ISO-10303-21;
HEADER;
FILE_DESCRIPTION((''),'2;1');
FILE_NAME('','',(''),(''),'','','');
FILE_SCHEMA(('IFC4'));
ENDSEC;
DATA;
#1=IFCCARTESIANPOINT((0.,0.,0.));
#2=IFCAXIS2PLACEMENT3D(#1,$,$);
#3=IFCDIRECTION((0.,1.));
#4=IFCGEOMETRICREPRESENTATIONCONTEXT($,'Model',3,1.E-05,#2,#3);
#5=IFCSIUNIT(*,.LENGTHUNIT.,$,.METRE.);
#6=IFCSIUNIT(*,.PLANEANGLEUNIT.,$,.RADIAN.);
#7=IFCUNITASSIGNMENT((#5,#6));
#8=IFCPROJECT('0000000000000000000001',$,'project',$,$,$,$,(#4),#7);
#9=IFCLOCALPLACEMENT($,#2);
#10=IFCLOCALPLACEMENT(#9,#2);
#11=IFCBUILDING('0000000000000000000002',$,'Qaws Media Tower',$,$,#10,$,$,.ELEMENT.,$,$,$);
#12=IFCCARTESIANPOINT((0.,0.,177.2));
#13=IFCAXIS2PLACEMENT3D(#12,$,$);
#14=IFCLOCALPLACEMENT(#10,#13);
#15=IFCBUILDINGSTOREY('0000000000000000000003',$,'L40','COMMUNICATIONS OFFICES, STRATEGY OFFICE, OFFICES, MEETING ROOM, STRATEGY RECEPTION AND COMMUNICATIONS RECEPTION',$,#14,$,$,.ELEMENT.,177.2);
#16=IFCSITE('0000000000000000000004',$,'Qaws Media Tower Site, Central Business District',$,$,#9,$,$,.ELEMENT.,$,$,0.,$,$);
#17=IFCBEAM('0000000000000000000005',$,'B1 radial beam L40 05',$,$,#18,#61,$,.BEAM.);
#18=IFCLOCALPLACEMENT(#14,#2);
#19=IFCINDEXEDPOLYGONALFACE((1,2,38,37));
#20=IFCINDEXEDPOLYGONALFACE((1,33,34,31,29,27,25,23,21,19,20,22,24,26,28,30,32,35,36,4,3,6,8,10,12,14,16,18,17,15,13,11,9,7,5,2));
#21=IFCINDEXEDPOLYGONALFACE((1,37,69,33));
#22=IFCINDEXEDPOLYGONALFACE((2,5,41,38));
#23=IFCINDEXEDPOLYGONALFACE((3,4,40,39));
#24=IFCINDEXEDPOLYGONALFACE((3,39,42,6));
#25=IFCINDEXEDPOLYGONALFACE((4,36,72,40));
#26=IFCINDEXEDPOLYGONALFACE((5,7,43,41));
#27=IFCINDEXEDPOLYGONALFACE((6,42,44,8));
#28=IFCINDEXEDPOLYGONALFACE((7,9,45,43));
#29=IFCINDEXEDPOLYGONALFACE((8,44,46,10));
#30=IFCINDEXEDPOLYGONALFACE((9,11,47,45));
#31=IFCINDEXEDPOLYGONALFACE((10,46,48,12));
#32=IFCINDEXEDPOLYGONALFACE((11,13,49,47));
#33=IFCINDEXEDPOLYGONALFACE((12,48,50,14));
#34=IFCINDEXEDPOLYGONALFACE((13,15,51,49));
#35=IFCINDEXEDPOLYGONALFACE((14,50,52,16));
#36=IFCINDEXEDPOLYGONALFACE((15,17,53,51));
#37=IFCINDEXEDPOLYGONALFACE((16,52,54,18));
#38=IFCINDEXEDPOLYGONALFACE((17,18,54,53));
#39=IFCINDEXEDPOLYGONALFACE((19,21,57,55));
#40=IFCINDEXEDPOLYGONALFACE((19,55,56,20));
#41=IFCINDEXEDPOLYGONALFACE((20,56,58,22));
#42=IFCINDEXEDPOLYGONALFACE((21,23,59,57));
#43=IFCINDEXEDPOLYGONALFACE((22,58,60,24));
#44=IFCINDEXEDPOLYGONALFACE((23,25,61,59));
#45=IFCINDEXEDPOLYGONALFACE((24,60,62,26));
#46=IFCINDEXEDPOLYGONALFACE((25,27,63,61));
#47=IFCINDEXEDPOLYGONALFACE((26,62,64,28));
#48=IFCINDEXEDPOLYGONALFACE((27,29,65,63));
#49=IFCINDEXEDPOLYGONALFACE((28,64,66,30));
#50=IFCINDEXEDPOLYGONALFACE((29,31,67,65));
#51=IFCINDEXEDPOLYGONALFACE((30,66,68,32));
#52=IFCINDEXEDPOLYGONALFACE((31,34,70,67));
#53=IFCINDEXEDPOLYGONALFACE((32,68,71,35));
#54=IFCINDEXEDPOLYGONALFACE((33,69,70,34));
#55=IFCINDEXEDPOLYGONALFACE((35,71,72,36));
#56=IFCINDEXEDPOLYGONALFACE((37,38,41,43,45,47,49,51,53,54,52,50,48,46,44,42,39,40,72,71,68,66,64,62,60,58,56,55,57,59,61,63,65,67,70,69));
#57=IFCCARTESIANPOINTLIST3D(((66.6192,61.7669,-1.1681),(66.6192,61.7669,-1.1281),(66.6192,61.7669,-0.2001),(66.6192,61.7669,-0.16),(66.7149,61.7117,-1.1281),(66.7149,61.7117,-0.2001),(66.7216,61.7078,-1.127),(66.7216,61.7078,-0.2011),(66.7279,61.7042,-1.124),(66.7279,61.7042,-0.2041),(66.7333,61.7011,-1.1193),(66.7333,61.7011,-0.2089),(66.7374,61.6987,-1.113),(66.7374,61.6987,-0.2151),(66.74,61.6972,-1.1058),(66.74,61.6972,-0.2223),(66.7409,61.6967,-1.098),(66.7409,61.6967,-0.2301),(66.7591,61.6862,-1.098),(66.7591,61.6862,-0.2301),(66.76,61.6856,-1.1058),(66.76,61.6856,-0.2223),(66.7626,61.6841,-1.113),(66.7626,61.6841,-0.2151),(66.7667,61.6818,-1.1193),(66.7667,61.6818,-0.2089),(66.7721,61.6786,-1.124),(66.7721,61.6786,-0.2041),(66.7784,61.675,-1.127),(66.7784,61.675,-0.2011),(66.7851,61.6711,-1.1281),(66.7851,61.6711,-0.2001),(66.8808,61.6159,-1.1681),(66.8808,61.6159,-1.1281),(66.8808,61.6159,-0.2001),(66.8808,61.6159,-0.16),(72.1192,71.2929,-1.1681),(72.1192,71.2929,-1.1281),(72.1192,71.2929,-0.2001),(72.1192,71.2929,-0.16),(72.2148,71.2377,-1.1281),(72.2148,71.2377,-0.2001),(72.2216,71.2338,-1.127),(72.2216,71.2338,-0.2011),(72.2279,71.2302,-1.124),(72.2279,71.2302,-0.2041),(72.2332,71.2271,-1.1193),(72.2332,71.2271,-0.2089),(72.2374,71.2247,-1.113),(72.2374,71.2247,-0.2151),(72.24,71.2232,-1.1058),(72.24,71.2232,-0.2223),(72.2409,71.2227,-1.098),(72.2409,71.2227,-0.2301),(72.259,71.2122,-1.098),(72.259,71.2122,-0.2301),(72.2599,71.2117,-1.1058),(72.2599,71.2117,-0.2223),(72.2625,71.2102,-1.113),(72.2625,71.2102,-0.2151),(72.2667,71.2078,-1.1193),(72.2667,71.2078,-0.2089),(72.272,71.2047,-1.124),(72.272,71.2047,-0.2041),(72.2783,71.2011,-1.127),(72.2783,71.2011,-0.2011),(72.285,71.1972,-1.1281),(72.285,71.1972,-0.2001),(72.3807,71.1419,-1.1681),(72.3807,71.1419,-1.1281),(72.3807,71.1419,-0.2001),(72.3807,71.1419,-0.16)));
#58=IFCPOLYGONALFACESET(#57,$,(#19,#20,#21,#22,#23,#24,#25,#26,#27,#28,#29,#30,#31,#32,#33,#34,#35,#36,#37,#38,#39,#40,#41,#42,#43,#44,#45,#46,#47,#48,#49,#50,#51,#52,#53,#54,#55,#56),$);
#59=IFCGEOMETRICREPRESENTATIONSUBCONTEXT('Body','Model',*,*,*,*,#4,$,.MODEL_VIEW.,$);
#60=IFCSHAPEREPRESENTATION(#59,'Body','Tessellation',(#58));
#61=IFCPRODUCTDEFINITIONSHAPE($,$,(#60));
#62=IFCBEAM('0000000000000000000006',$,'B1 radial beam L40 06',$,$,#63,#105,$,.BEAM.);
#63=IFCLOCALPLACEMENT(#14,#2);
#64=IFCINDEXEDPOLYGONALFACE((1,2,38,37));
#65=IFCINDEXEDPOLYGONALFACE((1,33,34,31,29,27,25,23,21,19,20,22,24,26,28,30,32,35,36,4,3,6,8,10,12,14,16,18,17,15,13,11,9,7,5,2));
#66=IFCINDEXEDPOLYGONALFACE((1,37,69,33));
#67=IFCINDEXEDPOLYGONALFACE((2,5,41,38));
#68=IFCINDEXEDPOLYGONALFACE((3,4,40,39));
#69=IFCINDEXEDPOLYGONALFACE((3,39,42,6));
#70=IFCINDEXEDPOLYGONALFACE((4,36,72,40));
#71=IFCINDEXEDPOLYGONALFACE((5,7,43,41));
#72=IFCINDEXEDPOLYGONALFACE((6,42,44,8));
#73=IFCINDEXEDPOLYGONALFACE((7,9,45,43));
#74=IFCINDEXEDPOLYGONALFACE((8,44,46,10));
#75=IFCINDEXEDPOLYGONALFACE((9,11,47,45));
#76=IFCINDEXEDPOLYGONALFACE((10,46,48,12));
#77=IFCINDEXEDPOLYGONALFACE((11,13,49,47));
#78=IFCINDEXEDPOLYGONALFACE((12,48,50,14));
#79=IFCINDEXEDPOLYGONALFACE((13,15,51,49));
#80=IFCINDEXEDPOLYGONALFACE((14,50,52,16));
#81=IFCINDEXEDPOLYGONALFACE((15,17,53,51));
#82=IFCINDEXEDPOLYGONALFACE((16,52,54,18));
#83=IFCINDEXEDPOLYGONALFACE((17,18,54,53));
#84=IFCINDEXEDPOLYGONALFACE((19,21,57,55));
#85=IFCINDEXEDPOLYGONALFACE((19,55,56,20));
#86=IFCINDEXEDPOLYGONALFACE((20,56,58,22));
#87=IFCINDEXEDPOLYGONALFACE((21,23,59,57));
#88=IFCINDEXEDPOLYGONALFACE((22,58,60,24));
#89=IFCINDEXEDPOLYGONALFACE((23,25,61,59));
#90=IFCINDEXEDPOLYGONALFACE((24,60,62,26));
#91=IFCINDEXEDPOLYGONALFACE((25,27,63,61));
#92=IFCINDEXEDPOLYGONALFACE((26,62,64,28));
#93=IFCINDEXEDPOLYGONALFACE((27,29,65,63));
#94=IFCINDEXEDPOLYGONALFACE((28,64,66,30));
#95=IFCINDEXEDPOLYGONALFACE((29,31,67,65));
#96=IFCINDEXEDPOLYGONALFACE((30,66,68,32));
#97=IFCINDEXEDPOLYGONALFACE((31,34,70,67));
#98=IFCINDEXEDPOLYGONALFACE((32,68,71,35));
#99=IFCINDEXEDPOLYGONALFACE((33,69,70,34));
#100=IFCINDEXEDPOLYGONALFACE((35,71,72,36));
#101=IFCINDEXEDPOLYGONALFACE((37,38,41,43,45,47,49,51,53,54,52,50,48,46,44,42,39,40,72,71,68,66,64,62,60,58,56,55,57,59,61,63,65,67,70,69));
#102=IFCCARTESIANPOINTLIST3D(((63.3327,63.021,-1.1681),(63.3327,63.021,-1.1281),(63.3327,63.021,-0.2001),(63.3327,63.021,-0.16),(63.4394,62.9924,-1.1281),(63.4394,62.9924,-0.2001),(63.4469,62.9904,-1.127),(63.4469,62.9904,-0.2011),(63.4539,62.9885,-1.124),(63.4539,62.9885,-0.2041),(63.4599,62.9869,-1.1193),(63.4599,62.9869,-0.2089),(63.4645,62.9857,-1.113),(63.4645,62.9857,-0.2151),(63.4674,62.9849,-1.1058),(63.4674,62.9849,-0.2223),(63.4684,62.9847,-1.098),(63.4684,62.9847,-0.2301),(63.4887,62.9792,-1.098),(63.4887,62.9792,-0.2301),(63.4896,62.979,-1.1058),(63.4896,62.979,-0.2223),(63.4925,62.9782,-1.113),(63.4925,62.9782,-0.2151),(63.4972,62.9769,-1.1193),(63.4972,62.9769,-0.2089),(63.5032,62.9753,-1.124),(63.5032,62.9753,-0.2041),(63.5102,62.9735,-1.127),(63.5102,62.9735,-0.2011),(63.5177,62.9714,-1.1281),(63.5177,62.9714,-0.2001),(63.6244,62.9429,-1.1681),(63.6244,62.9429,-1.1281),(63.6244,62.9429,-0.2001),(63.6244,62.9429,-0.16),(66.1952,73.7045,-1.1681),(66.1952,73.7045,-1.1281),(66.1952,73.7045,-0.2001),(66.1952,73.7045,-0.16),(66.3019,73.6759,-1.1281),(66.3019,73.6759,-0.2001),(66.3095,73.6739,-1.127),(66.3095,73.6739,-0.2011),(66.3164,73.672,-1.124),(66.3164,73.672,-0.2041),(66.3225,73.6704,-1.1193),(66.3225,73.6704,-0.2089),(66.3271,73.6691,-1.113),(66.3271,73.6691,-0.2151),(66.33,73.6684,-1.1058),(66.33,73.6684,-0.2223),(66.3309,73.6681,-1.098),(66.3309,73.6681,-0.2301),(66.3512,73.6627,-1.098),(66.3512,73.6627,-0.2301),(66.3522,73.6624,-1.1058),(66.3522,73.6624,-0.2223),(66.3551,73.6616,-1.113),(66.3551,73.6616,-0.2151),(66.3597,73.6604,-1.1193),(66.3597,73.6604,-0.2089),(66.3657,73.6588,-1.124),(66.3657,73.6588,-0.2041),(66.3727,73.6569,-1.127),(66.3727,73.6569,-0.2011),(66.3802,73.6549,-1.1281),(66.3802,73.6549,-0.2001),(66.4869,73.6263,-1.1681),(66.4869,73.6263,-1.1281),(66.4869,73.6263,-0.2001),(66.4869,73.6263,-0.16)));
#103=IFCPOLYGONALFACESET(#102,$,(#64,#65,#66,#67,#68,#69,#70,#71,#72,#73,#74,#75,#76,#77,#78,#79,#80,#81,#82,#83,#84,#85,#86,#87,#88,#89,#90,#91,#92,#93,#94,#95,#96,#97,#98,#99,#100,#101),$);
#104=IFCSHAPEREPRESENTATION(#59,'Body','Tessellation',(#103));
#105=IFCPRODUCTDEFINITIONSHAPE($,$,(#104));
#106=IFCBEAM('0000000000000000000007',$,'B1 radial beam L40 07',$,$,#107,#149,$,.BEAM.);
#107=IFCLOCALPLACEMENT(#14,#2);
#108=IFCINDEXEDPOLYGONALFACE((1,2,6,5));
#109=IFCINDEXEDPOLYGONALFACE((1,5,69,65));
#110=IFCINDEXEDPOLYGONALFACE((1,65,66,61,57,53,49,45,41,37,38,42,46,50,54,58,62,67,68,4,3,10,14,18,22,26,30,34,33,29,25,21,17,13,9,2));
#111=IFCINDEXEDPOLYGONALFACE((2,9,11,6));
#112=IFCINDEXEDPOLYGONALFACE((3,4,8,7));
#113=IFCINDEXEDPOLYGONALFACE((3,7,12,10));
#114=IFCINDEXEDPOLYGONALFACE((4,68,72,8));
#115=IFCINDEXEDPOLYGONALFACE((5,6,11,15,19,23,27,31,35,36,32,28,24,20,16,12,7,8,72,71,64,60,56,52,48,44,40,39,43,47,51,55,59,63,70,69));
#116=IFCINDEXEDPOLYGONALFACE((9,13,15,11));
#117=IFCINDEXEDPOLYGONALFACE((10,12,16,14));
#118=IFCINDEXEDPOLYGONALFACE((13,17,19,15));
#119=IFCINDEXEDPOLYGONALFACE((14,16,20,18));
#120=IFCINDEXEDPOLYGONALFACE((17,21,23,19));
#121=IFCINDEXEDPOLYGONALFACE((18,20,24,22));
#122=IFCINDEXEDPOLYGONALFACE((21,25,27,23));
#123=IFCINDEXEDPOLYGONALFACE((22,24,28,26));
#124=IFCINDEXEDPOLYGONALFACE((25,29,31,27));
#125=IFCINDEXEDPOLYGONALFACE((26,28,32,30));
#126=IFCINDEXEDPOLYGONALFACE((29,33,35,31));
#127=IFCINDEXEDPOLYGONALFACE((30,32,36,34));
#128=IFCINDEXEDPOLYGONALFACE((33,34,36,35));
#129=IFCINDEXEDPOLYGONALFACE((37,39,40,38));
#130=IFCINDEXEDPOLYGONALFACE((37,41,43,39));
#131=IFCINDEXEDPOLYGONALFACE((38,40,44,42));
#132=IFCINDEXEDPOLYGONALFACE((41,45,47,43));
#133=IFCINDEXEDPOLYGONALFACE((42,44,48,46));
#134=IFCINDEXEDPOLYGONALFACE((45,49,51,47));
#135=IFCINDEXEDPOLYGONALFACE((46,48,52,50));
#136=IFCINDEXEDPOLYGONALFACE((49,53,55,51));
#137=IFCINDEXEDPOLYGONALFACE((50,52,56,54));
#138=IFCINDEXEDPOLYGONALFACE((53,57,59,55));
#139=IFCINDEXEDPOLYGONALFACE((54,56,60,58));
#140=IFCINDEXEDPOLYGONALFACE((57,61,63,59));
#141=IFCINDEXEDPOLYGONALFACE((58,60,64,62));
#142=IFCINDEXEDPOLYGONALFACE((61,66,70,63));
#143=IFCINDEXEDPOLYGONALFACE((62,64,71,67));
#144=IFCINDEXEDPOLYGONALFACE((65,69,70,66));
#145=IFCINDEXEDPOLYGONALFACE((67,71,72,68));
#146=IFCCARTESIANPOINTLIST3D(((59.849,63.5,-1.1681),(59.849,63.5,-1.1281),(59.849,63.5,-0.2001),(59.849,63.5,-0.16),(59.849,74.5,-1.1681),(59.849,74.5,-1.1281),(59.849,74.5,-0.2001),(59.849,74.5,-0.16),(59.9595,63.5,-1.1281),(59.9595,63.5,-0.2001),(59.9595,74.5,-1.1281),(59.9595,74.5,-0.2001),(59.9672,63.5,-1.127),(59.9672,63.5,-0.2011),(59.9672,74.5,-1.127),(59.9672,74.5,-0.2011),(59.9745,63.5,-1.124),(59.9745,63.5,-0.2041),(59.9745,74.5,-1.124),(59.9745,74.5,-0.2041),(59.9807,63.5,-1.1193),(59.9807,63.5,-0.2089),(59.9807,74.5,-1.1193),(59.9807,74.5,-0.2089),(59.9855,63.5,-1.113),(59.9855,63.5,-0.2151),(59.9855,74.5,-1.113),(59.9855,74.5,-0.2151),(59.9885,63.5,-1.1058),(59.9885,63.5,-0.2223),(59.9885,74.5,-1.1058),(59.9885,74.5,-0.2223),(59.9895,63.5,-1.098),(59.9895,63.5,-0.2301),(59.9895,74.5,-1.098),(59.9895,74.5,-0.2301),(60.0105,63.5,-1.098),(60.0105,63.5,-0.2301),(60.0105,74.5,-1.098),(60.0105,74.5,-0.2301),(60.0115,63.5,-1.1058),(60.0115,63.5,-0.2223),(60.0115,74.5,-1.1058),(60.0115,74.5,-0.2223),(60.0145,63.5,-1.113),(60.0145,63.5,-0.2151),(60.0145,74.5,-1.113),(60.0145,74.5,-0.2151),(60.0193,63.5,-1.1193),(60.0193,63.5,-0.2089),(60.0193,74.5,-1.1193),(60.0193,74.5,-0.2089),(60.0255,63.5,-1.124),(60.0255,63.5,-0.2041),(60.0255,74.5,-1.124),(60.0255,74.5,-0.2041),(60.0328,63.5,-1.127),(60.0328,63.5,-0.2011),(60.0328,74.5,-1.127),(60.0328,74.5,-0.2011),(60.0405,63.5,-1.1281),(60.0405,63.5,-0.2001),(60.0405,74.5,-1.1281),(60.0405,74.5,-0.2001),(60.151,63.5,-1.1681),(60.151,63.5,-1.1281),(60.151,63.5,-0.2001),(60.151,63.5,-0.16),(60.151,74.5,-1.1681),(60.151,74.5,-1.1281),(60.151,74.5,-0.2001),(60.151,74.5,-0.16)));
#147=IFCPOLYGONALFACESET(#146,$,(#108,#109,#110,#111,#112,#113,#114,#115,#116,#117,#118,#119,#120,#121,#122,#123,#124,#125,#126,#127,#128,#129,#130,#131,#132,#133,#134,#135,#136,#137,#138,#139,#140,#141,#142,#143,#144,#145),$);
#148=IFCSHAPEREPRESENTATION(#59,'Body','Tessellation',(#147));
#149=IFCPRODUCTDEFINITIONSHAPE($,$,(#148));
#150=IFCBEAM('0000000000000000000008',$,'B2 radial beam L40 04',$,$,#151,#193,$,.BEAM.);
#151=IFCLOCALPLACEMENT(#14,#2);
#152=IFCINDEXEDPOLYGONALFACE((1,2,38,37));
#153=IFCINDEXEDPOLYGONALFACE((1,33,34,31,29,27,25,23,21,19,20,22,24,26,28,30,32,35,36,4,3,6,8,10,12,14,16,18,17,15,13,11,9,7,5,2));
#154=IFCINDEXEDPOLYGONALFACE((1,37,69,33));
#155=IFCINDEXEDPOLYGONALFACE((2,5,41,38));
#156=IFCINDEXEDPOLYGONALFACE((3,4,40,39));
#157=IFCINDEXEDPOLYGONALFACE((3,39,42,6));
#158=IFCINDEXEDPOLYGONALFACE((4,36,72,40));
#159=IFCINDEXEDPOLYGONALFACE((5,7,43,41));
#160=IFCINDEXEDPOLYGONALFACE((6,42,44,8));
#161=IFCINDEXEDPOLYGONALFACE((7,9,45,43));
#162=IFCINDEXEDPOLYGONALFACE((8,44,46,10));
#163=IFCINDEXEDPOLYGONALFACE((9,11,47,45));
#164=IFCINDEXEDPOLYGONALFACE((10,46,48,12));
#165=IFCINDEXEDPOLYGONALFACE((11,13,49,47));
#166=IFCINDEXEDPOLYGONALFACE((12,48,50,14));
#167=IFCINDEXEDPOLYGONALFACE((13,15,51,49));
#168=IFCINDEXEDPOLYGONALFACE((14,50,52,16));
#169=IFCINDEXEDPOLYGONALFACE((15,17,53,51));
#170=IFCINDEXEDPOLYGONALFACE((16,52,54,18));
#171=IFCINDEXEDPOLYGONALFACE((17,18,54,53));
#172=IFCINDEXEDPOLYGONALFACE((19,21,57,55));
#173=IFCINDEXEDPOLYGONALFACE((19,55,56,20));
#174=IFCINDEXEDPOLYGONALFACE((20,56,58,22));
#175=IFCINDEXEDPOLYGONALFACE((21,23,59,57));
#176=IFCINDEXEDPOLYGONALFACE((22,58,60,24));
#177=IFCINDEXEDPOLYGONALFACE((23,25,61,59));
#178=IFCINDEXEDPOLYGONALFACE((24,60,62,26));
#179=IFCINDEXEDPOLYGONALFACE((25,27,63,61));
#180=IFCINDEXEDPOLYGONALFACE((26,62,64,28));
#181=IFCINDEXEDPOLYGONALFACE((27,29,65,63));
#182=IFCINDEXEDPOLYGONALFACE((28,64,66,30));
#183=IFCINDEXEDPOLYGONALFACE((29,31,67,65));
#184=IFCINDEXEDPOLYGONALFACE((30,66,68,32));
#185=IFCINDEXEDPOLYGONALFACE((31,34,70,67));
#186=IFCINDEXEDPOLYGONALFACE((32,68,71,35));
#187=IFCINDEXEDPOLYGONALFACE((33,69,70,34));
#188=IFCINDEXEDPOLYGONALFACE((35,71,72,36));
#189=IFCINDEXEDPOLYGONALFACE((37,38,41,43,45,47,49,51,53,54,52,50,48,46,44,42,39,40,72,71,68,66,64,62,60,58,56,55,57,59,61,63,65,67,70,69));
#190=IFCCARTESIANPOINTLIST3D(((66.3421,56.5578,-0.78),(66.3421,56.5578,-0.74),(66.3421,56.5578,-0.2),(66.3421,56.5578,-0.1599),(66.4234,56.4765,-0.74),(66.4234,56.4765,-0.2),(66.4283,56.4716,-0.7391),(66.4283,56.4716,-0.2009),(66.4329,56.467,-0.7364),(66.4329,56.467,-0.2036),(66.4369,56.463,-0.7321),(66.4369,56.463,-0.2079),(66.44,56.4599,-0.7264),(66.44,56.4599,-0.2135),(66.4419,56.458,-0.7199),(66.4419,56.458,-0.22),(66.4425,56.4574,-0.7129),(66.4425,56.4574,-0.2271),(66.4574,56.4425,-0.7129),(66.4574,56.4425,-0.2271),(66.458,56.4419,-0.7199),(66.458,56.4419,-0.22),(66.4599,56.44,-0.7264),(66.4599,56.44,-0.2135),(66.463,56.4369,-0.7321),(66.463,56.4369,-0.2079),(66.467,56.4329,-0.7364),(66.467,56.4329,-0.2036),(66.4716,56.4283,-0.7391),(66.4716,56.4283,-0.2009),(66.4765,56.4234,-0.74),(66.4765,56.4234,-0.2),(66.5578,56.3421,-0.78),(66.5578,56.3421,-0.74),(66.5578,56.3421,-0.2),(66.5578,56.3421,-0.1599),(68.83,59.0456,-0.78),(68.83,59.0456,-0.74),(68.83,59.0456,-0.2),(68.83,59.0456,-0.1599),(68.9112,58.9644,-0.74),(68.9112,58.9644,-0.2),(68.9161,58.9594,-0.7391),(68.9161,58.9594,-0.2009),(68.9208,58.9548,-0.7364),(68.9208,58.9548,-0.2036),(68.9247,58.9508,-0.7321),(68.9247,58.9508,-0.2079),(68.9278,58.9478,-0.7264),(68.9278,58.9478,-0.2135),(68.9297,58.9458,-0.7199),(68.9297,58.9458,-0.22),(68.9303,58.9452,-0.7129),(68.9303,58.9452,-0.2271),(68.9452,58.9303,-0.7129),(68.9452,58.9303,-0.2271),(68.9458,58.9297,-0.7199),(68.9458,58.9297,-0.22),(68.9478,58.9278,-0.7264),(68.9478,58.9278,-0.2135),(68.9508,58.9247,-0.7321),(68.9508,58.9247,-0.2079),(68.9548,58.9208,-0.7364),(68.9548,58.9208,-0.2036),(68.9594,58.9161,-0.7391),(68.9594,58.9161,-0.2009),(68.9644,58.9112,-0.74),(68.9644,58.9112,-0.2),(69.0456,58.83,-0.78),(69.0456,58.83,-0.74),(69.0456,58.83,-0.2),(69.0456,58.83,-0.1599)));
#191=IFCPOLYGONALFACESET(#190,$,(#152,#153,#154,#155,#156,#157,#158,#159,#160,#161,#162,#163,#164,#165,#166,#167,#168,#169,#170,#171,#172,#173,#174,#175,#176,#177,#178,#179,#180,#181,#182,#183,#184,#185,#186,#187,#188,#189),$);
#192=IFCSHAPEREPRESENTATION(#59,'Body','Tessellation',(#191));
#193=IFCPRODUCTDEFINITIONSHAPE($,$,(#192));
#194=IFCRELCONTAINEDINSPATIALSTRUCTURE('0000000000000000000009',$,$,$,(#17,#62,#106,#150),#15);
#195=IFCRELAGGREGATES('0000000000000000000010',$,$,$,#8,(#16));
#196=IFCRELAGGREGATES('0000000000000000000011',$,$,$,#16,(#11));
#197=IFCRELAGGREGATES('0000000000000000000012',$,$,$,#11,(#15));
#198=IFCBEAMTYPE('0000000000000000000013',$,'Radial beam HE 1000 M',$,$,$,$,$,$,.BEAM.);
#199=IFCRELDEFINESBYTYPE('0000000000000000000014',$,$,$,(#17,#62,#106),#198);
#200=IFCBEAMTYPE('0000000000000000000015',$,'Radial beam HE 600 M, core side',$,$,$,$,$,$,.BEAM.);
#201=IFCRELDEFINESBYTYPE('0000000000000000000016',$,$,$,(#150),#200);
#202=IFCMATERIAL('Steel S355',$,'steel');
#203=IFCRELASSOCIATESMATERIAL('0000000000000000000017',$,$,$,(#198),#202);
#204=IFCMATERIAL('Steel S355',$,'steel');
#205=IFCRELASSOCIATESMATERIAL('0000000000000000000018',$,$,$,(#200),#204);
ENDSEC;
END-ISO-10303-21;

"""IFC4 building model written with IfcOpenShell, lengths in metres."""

from ifc_helpers import new_model, si_unit, direction, frame, origin, origin_2d, place, context, subcontext, project, spatial, i_section, extrude, material, material_profile, profile_set, type_object, element, save


model = new_model("IFC4")

# Units and contexts
model_context = context("Model", 3, precision=1e-05, world=origin(), true_north=direction((0.0, 1.0)))
body_context = subcontext(model_context, "Body", "Model", "MODEL_VIEW")
ifc_project = project(units=[si_unit("LENGTHUNIT", "METRE"), si_unit("PLANEANGLEUNIT", "RADIAN")], contexts=[model_context])

# Site, building, storey
site_placement = place(None, origin())
site = spatial("IfcSite", under=ifc_project, at=site_placement, Name="Qaws Media Tower Site, Central Business District", CompositionType="ELEMENT", RefElevation=0.0)
building_placement = place(site_placement, origin())
building = spatial("IfcBuilding", under=site, at=building_placement, Name="Qaws Media Tower", CompositionType="ELEMENT")
storey_placement = place(building_placement, frame((0.0, 0.0, 177.2)))
storey = spatial("IfcBuildingStorey", under=building, at=storey_placement, Name="L40", Description="COMMUNICATIONS OFFICES, STRATEGY OFFICE, OFFICES, MEETING ROOM, STRATEGY RECEPTION AND COMMUNICATIONS RECEPTION", CompositionType="ELEMENT", Elevation=177.2)

# Beams
ifc_material_1 = material(Name="Steel S355", Category="steel")
ifc_material_profile_1 = material_profile(ifc_material_1, i_section(OverallWidth=0.302, OverallDepth=1.0081, WebThickness=0.021, FlangeThickness=0.04, FilletRadius=0.03, at=origin_2d()), Name="HE 1000 M")
ifc_profile_set_1 = profile_set([ifc_material_profile_1], Name="Steel S355")
beam_type_1 = type_object("IfcBeamType", Name="Radial beam HE 1000 M", PredefinedType="BEAM", material=ifc_profile_set_1)
beam_1_placement = place(storey_placement, frame((66.75, 61.6914, -0.6641), z_axis=(0.500006, 0.866022, 0.0), x_axis=(-0.866022, 0.500006, 0.0)))
element("IfcBeam", 1, at=beam_1_placement, inside=storey, type_object=beam_type_1, Name="B1 radial beam L40 05", PredefinedType="BEAM", context=body_context, shape_type="SweptSolid", body=[
    extrude(i_section(OverallWidth=0.302, OverallDepth=1.0081, WebThickness=0.021, FlangeThickness=0.04, FilletRadius=0.03, at=origin_2d()), origin(), (0.0, 0.0, 1.0), 10.9998),
])
beam_2_placement = place(storey_placement, frame((63.4785, 62.9819, -0.6641), z_axis=(0.258815, 0.965927, 0.0), x_axis=(-0.965927, 0.258815, 0.0)))
element("IfcBeam", 2, at=beam_2_placement, inside=storey, type_object=beam_type_1, Name="B1 radial beam L40 06", PredefinedType="BEAM", context=body_context, shape_type="SweptSolid", body=[
    extrude(i_section(OverallWidth=0.302, OverallDepth=1.0081, WebThickness=0.021, FlangeThickness=0.04, FilletRadius=0.03, at=origin_2d()), origin(), (0.0, 0.0, 1.0), 11.0603),
])
beam_3_placement = place(storey_placement, frame((60.0, 63.5, -0.6641), z_axis=(0.0, 1.0, 0.0), x_axis=(-1.0, 0.0, 0.0)))
element("IfcBeam", 3, at=beam_3_placement, inside=storey, type_object=beam_type_1, Name="B1 radial beam L40 07", PredefinedType="BEAM", context=body_context, shape_type="SweptSolid", body=[
    extrude(i_section(OverallWidth=0.302, OverallDepth=1.0081, WebThickness=0.021, FlangeThickness=0.04, FilletRadius=0.03, at=origin_2d()), origin(), (0.0, 0.0, 1.0), 11.0),
])
ifc_material_2 = material(Name="Steel S355", Category="steel")
ifc_material_profile_2 = material_profile(ifc_material_2, i_section(OverallWidth=0.3049, OverallDepth=0.6201, WebThickness=0.021, FlangeThickness=0.04, FilletRadius=0.0271, at=origin_2d()), Name="HE 600 M")
ifc_profile_set_2 = profile_set([ifc_material_profile_2], Name="Steel S355")
beam_type_2 = type_object("IfcBeamType", Name="Radial beam HE 600 M, core side", PredefinedType="BEAM", material=ifc_profile_set_2)
beam_4_placement = place(storey_placement, frame((66.45, 56.45, -0.47), z_axis=(0.707107, 0.707107, 0.0), x_axis=(-0.707107, 0.707107, 0.0)))
element("IfcBeam", 4, at=beam_4_placement, inside=storey, type_object=beam_type_2, Name="B2 radial beam L40 04", PredefinedType="BEAM", context=body_context, shape_type="SweptSolid", body=[
    extrude(i_section(OverallWidth=0.3049, OverallDepth=0.6201, WebThickness=0.021, FlangeThickness=0.04, FilletRadius=0.0271, at=origin_2d()), origin(), (0.0, 0.0, 1.0), 3.5183),
])

save(model, "model.ifc")
